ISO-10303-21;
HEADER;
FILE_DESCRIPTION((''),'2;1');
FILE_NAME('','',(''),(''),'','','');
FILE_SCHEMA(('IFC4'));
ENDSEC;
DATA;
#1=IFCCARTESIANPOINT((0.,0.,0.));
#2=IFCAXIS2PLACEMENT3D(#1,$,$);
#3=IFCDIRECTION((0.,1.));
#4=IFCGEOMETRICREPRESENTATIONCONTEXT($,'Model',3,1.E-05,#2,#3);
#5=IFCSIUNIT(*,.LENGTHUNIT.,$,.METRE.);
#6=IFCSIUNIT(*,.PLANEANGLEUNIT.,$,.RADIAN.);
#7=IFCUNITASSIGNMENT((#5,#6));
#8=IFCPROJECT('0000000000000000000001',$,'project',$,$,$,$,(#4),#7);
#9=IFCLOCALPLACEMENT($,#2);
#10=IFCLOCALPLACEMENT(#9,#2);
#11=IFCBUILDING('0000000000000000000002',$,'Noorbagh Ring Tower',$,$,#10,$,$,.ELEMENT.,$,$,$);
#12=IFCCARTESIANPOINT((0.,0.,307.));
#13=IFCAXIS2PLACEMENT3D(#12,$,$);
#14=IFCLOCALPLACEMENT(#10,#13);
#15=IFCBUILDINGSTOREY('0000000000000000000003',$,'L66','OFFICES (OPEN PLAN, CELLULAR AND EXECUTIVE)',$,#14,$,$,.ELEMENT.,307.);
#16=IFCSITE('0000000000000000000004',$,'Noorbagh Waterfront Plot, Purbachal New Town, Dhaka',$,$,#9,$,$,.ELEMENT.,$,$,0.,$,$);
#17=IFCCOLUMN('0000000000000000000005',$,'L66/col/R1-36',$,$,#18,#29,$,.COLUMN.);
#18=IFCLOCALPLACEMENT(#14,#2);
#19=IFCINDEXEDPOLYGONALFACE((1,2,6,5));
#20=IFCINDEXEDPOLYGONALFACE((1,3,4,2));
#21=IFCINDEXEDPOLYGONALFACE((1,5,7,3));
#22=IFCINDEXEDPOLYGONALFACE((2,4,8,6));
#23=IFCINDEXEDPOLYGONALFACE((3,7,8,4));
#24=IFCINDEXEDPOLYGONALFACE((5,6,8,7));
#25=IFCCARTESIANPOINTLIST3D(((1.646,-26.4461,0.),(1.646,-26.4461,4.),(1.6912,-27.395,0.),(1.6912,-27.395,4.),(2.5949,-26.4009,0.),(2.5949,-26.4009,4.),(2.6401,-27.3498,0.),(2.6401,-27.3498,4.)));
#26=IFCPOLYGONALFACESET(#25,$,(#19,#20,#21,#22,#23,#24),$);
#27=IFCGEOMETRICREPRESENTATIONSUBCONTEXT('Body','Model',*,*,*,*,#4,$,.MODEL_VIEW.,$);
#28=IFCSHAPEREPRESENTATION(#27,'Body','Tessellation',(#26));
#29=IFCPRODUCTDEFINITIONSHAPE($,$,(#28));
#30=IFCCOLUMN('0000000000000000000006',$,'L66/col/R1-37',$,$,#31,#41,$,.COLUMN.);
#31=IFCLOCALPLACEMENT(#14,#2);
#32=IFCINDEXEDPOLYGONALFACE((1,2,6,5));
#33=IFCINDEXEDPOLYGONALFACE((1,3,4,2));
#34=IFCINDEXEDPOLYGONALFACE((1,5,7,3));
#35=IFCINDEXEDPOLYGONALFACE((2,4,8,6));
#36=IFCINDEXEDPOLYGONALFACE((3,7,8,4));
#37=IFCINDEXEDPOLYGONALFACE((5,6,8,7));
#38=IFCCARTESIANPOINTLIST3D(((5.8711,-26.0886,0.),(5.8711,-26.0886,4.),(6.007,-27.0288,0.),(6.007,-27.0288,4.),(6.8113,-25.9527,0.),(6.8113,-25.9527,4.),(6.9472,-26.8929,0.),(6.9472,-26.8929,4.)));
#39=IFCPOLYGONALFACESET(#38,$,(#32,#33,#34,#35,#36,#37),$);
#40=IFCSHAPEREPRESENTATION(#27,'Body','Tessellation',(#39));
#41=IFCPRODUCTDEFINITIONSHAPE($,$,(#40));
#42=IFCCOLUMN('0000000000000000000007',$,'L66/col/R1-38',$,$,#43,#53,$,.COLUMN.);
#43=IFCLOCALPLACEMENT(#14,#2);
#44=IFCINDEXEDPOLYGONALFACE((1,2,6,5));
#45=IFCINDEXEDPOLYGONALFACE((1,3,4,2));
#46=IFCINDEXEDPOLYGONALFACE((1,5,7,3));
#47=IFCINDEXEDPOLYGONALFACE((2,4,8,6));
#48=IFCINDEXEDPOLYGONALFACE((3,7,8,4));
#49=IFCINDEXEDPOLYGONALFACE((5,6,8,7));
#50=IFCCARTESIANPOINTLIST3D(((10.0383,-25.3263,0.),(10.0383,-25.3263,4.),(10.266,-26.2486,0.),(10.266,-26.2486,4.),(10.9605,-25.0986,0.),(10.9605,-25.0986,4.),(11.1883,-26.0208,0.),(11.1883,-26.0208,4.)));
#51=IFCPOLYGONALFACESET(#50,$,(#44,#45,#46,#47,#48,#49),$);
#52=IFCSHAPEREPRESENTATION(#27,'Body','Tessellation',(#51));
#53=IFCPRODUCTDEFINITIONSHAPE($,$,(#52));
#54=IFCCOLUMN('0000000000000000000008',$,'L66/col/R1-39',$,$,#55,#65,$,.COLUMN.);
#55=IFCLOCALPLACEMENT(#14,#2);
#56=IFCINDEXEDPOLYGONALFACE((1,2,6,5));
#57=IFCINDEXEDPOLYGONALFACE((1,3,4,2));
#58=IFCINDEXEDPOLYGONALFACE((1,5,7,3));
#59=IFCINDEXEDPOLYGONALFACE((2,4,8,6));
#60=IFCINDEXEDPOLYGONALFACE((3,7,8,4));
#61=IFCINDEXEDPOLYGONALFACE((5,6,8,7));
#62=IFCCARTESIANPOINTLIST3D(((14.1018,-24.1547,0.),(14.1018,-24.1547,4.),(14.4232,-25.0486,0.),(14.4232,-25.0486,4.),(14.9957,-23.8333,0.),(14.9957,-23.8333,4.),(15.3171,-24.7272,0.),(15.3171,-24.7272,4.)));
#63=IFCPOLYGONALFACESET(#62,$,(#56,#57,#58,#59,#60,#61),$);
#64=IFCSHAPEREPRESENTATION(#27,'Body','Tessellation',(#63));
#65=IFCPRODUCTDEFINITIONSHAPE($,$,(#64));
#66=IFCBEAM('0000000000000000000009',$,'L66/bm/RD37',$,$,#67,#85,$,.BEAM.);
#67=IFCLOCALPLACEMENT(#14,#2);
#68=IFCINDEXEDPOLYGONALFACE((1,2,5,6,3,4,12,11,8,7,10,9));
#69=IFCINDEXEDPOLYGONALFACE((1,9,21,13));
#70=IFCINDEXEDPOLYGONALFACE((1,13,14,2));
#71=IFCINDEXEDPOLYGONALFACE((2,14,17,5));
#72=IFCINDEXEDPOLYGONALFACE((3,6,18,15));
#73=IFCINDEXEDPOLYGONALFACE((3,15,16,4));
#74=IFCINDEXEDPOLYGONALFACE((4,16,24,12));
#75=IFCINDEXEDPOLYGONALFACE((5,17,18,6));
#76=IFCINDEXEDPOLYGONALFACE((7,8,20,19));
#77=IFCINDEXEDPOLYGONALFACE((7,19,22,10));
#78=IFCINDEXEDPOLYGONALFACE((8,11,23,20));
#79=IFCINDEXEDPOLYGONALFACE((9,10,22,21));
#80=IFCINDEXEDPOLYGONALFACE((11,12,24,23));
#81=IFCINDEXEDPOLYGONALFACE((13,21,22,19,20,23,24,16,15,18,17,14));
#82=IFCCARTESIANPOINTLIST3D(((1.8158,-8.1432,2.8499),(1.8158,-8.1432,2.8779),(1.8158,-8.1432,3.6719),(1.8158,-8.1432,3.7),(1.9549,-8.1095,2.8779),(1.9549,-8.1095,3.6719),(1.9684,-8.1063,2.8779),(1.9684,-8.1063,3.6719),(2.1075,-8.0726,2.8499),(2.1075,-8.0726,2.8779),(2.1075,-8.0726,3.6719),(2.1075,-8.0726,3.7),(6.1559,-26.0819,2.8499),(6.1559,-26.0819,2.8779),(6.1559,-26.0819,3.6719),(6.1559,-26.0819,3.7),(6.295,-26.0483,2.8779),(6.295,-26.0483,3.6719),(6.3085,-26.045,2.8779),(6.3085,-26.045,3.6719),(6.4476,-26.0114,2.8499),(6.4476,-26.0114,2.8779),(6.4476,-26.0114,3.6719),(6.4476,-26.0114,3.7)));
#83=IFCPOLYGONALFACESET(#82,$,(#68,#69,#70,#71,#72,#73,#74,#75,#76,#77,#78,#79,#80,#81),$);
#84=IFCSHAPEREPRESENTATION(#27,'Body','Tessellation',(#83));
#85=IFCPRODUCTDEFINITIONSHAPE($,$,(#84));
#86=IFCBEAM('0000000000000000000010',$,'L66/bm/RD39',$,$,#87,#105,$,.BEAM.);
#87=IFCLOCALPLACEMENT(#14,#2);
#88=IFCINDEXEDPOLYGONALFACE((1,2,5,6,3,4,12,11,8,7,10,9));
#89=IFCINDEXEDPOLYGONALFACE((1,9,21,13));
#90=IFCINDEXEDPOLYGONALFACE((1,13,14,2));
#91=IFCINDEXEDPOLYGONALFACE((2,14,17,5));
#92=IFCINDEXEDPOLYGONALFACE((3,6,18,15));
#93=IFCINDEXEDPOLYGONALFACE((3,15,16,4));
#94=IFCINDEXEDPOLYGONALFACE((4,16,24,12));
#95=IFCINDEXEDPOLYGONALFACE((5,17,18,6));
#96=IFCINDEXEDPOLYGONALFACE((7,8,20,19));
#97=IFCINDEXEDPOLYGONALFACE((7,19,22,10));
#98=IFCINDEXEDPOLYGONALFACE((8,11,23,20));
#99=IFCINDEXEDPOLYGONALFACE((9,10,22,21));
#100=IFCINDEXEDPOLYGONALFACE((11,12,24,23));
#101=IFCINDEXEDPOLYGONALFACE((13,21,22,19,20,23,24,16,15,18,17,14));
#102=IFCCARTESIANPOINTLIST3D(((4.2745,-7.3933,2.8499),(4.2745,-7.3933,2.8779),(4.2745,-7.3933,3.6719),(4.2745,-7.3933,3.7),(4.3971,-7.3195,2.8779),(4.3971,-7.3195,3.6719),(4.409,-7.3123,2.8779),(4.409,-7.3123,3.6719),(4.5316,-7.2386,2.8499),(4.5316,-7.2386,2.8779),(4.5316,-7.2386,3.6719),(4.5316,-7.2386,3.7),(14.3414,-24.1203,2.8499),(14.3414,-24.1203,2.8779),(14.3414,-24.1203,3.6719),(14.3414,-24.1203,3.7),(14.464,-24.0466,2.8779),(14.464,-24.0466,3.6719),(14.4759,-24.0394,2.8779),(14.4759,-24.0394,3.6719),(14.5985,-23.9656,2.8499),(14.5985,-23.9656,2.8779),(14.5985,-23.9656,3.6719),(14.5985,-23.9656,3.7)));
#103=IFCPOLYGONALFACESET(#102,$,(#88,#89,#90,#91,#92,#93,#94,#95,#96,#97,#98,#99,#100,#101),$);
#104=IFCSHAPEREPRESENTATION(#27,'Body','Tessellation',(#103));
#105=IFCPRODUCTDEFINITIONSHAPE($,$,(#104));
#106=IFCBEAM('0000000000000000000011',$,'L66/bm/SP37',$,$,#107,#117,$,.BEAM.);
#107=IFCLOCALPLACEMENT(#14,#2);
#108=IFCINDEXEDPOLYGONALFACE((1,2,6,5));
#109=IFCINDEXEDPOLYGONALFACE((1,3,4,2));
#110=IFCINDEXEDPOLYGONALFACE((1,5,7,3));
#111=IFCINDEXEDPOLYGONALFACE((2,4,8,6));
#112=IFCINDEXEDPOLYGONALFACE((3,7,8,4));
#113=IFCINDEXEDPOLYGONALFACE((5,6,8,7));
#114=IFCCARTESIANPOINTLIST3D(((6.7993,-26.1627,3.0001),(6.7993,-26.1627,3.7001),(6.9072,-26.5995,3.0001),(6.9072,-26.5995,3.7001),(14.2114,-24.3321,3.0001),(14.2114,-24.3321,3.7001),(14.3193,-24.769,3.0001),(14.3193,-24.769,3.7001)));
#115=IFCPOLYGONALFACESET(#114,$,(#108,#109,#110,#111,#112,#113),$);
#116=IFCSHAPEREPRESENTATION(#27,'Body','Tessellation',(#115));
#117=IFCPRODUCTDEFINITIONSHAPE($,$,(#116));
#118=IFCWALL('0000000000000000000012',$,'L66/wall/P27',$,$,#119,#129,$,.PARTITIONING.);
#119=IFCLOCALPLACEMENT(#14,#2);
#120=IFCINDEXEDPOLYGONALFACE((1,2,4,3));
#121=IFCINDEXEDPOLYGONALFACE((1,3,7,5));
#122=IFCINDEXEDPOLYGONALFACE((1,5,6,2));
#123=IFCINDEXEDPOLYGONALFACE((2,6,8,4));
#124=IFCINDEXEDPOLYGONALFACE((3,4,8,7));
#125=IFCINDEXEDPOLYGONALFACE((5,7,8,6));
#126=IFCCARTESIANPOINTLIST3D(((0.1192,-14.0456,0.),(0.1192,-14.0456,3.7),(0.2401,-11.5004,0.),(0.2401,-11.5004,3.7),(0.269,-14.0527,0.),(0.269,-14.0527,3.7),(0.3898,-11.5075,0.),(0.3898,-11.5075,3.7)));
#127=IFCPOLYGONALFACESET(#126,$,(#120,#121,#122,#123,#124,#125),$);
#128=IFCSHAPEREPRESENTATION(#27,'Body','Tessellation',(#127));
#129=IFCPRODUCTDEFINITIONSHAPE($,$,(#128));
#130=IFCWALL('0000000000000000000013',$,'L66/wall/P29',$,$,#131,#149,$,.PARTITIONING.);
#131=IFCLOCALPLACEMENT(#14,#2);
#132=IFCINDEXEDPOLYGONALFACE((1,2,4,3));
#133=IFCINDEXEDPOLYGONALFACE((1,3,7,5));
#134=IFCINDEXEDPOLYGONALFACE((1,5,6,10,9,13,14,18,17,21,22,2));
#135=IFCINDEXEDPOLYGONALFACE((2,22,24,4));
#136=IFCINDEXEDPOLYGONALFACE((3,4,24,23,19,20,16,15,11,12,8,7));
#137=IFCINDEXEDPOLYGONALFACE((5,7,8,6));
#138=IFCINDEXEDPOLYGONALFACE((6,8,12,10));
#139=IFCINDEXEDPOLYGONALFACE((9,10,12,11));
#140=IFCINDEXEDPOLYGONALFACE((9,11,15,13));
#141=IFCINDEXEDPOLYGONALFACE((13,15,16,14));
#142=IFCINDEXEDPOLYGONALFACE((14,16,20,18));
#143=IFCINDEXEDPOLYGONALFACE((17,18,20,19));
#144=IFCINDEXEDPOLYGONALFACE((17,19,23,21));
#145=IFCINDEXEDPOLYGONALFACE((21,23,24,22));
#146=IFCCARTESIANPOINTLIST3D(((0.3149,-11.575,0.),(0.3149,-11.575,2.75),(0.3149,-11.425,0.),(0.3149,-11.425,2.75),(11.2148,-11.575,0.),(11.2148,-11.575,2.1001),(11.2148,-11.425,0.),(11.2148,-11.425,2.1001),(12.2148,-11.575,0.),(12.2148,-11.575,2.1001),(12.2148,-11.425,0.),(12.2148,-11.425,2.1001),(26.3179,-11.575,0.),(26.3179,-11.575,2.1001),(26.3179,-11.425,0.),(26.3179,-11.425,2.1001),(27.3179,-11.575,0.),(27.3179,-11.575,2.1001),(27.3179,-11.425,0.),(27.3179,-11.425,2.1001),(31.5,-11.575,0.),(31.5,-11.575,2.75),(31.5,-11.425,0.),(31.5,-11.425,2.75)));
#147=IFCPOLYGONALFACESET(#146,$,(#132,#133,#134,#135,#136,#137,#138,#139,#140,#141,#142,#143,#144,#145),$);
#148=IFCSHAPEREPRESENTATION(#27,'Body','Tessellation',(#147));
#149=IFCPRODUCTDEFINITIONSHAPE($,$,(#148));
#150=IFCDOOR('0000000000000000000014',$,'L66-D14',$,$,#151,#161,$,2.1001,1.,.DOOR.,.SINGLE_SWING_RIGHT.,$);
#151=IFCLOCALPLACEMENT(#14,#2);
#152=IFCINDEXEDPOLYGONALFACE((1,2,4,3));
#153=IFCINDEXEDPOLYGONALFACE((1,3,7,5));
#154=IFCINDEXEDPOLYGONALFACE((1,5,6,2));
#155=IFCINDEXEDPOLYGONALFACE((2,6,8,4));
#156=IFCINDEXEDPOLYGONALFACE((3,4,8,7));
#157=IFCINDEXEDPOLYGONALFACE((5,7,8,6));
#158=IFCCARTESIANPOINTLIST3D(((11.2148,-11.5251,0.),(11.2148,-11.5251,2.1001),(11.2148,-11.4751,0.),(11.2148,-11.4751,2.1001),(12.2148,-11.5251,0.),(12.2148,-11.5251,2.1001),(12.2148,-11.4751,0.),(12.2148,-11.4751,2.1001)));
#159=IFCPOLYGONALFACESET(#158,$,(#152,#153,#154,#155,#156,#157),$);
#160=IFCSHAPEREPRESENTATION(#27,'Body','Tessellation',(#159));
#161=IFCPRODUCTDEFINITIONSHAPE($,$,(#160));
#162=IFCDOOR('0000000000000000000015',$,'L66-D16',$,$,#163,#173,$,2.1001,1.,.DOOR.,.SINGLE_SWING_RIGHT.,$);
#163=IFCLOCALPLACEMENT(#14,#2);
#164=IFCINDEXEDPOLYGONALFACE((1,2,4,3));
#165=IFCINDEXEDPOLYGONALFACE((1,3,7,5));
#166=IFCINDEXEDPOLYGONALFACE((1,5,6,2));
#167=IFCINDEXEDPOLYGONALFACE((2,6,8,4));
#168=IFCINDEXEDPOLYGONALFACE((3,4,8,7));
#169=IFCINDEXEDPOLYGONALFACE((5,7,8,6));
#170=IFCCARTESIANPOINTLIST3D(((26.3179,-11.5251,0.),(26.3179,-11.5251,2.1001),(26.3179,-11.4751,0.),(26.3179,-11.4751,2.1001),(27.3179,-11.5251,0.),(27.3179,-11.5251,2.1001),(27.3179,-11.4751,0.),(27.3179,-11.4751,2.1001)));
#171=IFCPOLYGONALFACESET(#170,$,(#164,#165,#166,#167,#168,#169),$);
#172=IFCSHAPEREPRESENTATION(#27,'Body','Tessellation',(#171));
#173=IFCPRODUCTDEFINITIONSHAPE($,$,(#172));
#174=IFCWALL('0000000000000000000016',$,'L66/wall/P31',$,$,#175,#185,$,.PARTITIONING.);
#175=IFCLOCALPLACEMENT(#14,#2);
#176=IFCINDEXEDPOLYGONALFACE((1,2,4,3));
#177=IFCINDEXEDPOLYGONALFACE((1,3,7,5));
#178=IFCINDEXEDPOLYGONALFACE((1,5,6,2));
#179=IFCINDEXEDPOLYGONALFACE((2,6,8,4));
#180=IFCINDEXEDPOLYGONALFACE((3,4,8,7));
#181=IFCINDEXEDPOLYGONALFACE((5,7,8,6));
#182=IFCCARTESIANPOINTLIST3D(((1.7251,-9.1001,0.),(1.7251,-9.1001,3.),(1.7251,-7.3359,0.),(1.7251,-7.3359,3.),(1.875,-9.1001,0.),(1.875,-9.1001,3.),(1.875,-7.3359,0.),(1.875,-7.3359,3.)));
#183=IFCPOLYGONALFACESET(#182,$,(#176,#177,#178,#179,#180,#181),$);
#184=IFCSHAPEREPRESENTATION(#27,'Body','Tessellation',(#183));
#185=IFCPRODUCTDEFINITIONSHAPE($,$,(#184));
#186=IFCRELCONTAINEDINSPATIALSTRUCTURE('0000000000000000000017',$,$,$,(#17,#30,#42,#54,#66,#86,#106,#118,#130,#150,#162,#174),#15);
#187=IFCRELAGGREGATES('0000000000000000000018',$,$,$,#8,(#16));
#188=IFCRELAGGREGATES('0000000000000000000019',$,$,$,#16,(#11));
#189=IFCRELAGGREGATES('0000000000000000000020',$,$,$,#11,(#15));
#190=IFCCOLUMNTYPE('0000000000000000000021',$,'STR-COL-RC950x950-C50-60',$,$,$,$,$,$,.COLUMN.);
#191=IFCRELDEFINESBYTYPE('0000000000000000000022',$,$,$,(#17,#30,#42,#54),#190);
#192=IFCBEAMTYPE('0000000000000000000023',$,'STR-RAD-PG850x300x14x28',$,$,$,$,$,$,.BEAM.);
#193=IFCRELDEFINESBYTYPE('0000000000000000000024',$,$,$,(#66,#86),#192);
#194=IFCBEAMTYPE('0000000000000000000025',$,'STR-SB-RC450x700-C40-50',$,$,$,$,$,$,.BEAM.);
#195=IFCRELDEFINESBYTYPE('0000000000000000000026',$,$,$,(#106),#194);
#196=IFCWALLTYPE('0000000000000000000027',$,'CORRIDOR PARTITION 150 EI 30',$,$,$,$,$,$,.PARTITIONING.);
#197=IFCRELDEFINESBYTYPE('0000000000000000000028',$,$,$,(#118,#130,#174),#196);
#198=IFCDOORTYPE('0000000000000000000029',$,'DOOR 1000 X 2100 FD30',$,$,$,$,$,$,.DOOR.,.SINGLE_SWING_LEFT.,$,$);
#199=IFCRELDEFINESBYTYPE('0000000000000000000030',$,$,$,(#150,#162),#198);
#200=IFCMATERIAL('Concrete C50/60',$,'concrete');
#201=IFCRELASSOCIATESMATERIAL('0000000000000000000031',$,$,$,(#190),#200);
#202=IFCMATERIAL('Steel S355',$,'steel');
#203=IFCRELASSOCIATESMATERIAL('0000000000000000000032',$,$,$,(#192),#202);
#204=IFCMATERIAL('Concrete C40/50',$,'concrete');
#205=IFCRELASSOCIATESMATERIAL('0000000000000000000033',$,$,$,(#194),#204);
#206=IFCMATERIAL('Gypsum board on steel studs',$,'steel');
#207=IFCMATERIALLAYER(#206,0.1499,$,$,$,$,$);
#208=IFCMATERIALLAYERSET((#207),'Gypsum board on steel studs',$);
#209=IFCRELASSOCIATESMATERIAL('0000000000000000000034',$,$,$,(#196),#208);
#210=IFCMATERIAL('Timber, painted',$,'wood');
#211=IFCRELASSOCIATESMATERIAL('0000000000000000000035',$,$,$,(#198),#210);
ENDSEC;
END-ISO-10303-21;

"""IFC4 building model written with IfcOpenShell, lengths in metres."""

from ifc_helpers import new_model, si_unit, direction, frame, frame_2d, origin, origin_2d, place, context, subcontext, project, spatial, rectangle, i_section, extrude, material, layer, layer_set, material_profile, profile_set, type_object, element, fill, save


model = new_model("IFC4")

# Units and contexts
model_context = context("Model", 3, precision=1e-05, world=origin(), true_north=direction((0.0, 1.0)))
body_context = subcontext(model_context, "Body", "Model", "MODEL_VIEW")
ifc_project = project(units=[si_unit("LENGTHUNIT", "METRE"), si_unit("PLANEANGLEUNIT", "RADIAN")], contexts=[model_context])

# Site, building, storey
site_placement = place(None, origin())
site = spatial("IfcSite", under=ifc_project, at=site_placement, Name="Noorbagh Waterfront Plot, Purbachal New Town, Dhaka", CompositionType="ELEMENT", RefElevation=0.0)
building_placement = place(site_placement, origin())
building = spatial("IfcBuilding", under=site, at=building_placement, Name="Noorbagh Ring Tower", CompositionType="ELEMENT")
storey_placement = place(building_placement, frame((0.0, 0.0, 307.0)))
storey = spatial("IfcBuildingStorey", under=building, at=storey_placement, Name="L66", Description="OFFICES (OPEN PLAN, CELLULAR AND EXECUTIVE)", CompositionType="ELEMENT", Elevation=307.0)

# Columns
ifc_material_1 = material(Name="Concrete C50/60", Category="concrete")
ifc_material_profile_1 = material_profile(ifc_material_1, rectangle(XDim=0.95, YDim=0.95, at=origin_2d()), Name="RC950x950")
ifc_profile_set_1 = profile_set([ifc_material_profile_1], Name="Concrete C50/60")
column_type = type_object("IfcColumnType", Name="STR-COL-RC950x950-C50-60", PredefinedType="COLUMN", material=ifc_profile_set_1)
for number, where, z_axis, x_axis, name in (
    (1, (2.1431, -26.8979, 0.0), (0.0, 0.0, 1.0), (0.998869, 0.047553, 0.0), "L66/col/R1-36"),
    (2, (6.4092, -26.4907, 0.0), (0.0, 0.0, 1.0), (0.989713, 0.143066, 0.0), "L66/col/R1-37"),
    (3, (10.6133, -25.6736, 0.0), (0.0, 0.0, 1.0), (0.970829, 0.239771, 0.0), "L66/col/R1-38"),
    (4, (14.7095, -24.4409, 0.0), (0.0, 0.0, 1.0), (0.941025, 0.338338, 0.0), "L66/col/R1-39"),
):
    element("IfcColumn", number, at=place(storey_placement, frame(where, z_axis=z_axis, x_axis=x_axis)), inside=storey, type_object=column_type, Name=name, PredefinedType="COLUMN", context=body_context, shape_type="SweptSolid", body=[
        extrude(rectangle(XDim=0.95, YDim=0.95, at=origin_2d()), origin(), (0.0, 0.0, 1.0), 4.0),
    ])

# Beams
ifc_material_2 = material(Name="Steel S355", Category="steel")
ifc_material_profile_2 = material_profile(ifc_material_2, i_section(OverallWidth=0.3, OverallDepth=0.8501, WebThickness=0.0139, FlangeThickness=0.0281, at=origin_2d()), Name="PG850x300x14x28")
ifc_profile_set_2 = profile_set([ifc_material_profile_2], Name="Steel S355")
beam_type_1 = type_object("IfcBeamType", Name="STR-RAD-PG850x300x14x28", PredefinedType="BEAM", material=ifc_profile_set_2)
beam_1_placement = place(storey_placement, frame((6.3018, -26.0466, 3.2749), z_axis=(-0.235155, 0.971958, 0.0), x_axis=(-0.971958, -0.235155, 0.0)))
element("IfcBeam", 5, at=beam_1_placement, inside=storey, type_object=beam_type_1, Name="L66/bm/RD37", PredefinedType="BEAM", context=body_context, shape_type="SweptSolid", body=[
    extrude(i_section(OverallWidth=0.3, OverallDepth=0.8501, WebThickness=0.0139, FlangeThickness=0.0281, at=origin_2d()), origin(), (0.0, 0.0, 1.0), 18.4563),
])
beam_2_placement = place(storey_placement, frame((14.47, -24.043, 3.2749), z_axis=(-0.51565, 0.856799, 0.0), x_axis=(-0.856799, -0.51565, 0.0)))
element("IfcBeam", 6, at=beam_2_placement, inside=storey, type_object=beam_type_1, Name="L66/bm/RD39", PredefinedType="BEAM", context=body_context, shape_type="SweptSolid", body=[
    extrude(i_section(OverallWidth=0.3, OverallDepth=0.8501, WebThickness=0.0139, FlangeThickness=0.0281, at=origin_2d()), origin(), (0.0, 0.0, 1.0), 19.5227),
])
ifc_material_3 = material(Name="Concrete C40/50", Category="concrete")
ifc_material_profile_3 = material_profile(ifc_material_3, rectangle(XDim=0.45, YDim=0.7, at=origin_2d()), Name="RC450x700")
ifc_profile_set_3 = profile_set([ifc_material_profile_3], Name="Concrete C40/50")
beam_type_2 = type_object("IfcBeamType", Name="STR-SB-RC450x700-C40-50", PredefinedType="BEAM", material=ifc_profile_set_3)
beam_3_placement = place(storey_placement, frame((6.8533, -26.3811, 3.3501), z_axis=(0.970831, 0.239766, 0.0), x_axis=(-0.239766, 0.970831, 0.0)))
element("IfcBeam", 7, at=beam_3_placement, inside=storey, type_object=beam_type_2, Name="L66/bm/SP37", PredefinedType="BEAM", context=body_context, shape_type="SweptSolid", body=[
    extrude(rectangle(XDim=0.45, YDim=0.7, at=origin_2d()), origin(), (0.0, 0.0, 1.0), 7.6348),
])

# Wall
ifc_material_4 = material(Name="Gypsum board on steel studs", Category="steel")
ifc_layer_1 = layer(ifc_material_4, 0.1499)
ifc_layer_set_1 = layer_set([ifc_layer_1], Name="Gypsum board on steel studs")
wall_type_1 = type_object("IfcWallType", Name="CORRIDOR PARTITION 150 EI 30", PredefinedType="PARTITIONING", material=ifc_layer_set_1)
wall_1_placement = place(storey_placement, frame((0.1941, -14.0491, 0.0), z_axis=(0.0, 0.0, 1.0), x_axis=(0.047429, 0.998875, 0.0)))
element("IfcWall", 8, at=wall_1_placement, inside=storey, type_object=wall_type_1, Name="L66/wall/P27", PredefinedType="PARTITIONING", context=body_context, shape_type="SweptSolid", body=[
    extrude(rectangle(XDim=2.5481, YDim=0.1499, at=frame_2d((1.2739, 0.0))), origin(), (0.0, 0.0, 1.0), 3.7),
])

# Wall, openings, doors
wall_2_placement = place(storey_placement, frame((0.3149, -11.5, 0.0), z_axis=(0.0, 0.0, 1.0), x_axis=(1.0, 0.0, 0.0)))
wall_2 = element("IfcWall", 9, at=wall_2_placement, inside=storey, type_object=wall_type_1, Name="L66/wall/P29", PredefinedType="PARTITIONING", context=body_context, shape_type="SweptSolid", body=[
    extrude(rectangle(XDim=31.1851, YDim=0.1499, at=frame_2d((15.5925, 0.0))), origin(), (0.0, 0.0, 1.0), 2.75),
])
opening_1_placement = place(wall_2_placement, frame((10.8999, 0.0, 0.0)))
opening_1 = element("IfcOpeningElement", 10, at=opening_1_placement, cuts=wall_2, PredefinedType="OPENING", context=body_context, shape_type="SweptSolid", body=[
    extrude(rectangle(XDim=1.0, YDim=2.1001, at=frame_2d((0.5, 1.05))), frame((0.0, 0.085, 0.0), z_axis=(0.0, -1.0, 0.0), x_axis=(1.0, 0.0, 0.0)), (0.0, 0.0, 1.0), 0.1699),
])
opening_2_placement = place(wall_2_placement, frame((26.0029, 0.0, 0.0)))
opening_2 = element("IfcOpeningElement", 11, at=opening_2_placement, cuts=wall_2, PredefinedType="OPENING", context=body_context, shape_type="SweptSolid", body=[
    extrude(rectangle(XDim=1.0, YDim=2.1001, at=frame_2d((0.5, 1.05))), frame((0.0, 0.085, 0.0), z_axis=(0.0, -1.0, 0.0), x_axis=(1.0, 0.0, 0.0)), (0.0, 0.0, 1.0), 0.1699),
])
ifc_material_5 = material(Name="Timber, painted", Category="wood")
door_type_1 = type_object("IfcDoorType", Name="DOOR 1000 X 2100 FD30", OperationType="SINGLE_SWING_LEFT", PredefinedType="DOOR", material=ifc_material_5)
door_1_placement = place(opening_1_placement, origin())
door_1 = element("IfcDoor", 12, at=door_1_placement, inside=storey, type_object=door_type_1, Name="L66-D14", OperationType="SINGLE_SWING_RIGHT", OverallHeight=2.1001, OverallWidth=1.0, PredefinedType="DOOR", context=body_context, shape_type="SweptSolid", body=[
    extrude(rectangle(XDim=1.0, YDim=2.1001, at=frame_2d((0.5, 1.05))), frame((0.0, 0.0249, 0.0), z_axis=(0.0, -1.0, 0.0), x_axis=(1.0, 0.0, 0.0)), (0.0, 0.0, 1.0), 0.05),
])
fill(opening_1, door_1)
door_2_placement = place(opening_2_placement, origin())
door_2 = element("IfcDoor", 13, at=door_2_placement, inside=storey, type_object=door_type_1, Name="L66-D16", OperationType="SINGLE_SWING_RIGHT", OverallHeight=2.1001, OverallWidth=1.0, PredefinedType="DOOR", context=body_context, shape_type="SweptSolid", body=[
    extrude(rectangle(XDim=1.0, YDim=2.1001, at=frame_2d((0.5, 1.05))), frame((0.0, 0.0249, 0.0), z_axis=(0.0, -1.0, 0.0), x_axis=(1.0, 0.0, 0.0)), (0.0, 0.0, 1.0), 0.05),
])
fill(opening_2, door_2)

# Wall
wall_3_placement = place(storey_placement, frame((1.8, -9.1001, 0.0), z_axis=(0.0, 0.0, 1.0), x_axis=(0.0, 1.0, 0.0)))
element("IfcWall", 14, at=wall_3_placement, inside=storey, type_object=wall_type_1, Name="L66/wall/P31", PredefinedType="PARTITIONING", context=body_context, shape_type="SweptSolid", body=[
    extrude(rectangle(XDim=1.7642, YDim=0.1499, at=frame_2d((0.8821, 0.0))), origin(), (0.0, 0.0, 1.0), 3.0),
])

save(model, "model.ifc")
